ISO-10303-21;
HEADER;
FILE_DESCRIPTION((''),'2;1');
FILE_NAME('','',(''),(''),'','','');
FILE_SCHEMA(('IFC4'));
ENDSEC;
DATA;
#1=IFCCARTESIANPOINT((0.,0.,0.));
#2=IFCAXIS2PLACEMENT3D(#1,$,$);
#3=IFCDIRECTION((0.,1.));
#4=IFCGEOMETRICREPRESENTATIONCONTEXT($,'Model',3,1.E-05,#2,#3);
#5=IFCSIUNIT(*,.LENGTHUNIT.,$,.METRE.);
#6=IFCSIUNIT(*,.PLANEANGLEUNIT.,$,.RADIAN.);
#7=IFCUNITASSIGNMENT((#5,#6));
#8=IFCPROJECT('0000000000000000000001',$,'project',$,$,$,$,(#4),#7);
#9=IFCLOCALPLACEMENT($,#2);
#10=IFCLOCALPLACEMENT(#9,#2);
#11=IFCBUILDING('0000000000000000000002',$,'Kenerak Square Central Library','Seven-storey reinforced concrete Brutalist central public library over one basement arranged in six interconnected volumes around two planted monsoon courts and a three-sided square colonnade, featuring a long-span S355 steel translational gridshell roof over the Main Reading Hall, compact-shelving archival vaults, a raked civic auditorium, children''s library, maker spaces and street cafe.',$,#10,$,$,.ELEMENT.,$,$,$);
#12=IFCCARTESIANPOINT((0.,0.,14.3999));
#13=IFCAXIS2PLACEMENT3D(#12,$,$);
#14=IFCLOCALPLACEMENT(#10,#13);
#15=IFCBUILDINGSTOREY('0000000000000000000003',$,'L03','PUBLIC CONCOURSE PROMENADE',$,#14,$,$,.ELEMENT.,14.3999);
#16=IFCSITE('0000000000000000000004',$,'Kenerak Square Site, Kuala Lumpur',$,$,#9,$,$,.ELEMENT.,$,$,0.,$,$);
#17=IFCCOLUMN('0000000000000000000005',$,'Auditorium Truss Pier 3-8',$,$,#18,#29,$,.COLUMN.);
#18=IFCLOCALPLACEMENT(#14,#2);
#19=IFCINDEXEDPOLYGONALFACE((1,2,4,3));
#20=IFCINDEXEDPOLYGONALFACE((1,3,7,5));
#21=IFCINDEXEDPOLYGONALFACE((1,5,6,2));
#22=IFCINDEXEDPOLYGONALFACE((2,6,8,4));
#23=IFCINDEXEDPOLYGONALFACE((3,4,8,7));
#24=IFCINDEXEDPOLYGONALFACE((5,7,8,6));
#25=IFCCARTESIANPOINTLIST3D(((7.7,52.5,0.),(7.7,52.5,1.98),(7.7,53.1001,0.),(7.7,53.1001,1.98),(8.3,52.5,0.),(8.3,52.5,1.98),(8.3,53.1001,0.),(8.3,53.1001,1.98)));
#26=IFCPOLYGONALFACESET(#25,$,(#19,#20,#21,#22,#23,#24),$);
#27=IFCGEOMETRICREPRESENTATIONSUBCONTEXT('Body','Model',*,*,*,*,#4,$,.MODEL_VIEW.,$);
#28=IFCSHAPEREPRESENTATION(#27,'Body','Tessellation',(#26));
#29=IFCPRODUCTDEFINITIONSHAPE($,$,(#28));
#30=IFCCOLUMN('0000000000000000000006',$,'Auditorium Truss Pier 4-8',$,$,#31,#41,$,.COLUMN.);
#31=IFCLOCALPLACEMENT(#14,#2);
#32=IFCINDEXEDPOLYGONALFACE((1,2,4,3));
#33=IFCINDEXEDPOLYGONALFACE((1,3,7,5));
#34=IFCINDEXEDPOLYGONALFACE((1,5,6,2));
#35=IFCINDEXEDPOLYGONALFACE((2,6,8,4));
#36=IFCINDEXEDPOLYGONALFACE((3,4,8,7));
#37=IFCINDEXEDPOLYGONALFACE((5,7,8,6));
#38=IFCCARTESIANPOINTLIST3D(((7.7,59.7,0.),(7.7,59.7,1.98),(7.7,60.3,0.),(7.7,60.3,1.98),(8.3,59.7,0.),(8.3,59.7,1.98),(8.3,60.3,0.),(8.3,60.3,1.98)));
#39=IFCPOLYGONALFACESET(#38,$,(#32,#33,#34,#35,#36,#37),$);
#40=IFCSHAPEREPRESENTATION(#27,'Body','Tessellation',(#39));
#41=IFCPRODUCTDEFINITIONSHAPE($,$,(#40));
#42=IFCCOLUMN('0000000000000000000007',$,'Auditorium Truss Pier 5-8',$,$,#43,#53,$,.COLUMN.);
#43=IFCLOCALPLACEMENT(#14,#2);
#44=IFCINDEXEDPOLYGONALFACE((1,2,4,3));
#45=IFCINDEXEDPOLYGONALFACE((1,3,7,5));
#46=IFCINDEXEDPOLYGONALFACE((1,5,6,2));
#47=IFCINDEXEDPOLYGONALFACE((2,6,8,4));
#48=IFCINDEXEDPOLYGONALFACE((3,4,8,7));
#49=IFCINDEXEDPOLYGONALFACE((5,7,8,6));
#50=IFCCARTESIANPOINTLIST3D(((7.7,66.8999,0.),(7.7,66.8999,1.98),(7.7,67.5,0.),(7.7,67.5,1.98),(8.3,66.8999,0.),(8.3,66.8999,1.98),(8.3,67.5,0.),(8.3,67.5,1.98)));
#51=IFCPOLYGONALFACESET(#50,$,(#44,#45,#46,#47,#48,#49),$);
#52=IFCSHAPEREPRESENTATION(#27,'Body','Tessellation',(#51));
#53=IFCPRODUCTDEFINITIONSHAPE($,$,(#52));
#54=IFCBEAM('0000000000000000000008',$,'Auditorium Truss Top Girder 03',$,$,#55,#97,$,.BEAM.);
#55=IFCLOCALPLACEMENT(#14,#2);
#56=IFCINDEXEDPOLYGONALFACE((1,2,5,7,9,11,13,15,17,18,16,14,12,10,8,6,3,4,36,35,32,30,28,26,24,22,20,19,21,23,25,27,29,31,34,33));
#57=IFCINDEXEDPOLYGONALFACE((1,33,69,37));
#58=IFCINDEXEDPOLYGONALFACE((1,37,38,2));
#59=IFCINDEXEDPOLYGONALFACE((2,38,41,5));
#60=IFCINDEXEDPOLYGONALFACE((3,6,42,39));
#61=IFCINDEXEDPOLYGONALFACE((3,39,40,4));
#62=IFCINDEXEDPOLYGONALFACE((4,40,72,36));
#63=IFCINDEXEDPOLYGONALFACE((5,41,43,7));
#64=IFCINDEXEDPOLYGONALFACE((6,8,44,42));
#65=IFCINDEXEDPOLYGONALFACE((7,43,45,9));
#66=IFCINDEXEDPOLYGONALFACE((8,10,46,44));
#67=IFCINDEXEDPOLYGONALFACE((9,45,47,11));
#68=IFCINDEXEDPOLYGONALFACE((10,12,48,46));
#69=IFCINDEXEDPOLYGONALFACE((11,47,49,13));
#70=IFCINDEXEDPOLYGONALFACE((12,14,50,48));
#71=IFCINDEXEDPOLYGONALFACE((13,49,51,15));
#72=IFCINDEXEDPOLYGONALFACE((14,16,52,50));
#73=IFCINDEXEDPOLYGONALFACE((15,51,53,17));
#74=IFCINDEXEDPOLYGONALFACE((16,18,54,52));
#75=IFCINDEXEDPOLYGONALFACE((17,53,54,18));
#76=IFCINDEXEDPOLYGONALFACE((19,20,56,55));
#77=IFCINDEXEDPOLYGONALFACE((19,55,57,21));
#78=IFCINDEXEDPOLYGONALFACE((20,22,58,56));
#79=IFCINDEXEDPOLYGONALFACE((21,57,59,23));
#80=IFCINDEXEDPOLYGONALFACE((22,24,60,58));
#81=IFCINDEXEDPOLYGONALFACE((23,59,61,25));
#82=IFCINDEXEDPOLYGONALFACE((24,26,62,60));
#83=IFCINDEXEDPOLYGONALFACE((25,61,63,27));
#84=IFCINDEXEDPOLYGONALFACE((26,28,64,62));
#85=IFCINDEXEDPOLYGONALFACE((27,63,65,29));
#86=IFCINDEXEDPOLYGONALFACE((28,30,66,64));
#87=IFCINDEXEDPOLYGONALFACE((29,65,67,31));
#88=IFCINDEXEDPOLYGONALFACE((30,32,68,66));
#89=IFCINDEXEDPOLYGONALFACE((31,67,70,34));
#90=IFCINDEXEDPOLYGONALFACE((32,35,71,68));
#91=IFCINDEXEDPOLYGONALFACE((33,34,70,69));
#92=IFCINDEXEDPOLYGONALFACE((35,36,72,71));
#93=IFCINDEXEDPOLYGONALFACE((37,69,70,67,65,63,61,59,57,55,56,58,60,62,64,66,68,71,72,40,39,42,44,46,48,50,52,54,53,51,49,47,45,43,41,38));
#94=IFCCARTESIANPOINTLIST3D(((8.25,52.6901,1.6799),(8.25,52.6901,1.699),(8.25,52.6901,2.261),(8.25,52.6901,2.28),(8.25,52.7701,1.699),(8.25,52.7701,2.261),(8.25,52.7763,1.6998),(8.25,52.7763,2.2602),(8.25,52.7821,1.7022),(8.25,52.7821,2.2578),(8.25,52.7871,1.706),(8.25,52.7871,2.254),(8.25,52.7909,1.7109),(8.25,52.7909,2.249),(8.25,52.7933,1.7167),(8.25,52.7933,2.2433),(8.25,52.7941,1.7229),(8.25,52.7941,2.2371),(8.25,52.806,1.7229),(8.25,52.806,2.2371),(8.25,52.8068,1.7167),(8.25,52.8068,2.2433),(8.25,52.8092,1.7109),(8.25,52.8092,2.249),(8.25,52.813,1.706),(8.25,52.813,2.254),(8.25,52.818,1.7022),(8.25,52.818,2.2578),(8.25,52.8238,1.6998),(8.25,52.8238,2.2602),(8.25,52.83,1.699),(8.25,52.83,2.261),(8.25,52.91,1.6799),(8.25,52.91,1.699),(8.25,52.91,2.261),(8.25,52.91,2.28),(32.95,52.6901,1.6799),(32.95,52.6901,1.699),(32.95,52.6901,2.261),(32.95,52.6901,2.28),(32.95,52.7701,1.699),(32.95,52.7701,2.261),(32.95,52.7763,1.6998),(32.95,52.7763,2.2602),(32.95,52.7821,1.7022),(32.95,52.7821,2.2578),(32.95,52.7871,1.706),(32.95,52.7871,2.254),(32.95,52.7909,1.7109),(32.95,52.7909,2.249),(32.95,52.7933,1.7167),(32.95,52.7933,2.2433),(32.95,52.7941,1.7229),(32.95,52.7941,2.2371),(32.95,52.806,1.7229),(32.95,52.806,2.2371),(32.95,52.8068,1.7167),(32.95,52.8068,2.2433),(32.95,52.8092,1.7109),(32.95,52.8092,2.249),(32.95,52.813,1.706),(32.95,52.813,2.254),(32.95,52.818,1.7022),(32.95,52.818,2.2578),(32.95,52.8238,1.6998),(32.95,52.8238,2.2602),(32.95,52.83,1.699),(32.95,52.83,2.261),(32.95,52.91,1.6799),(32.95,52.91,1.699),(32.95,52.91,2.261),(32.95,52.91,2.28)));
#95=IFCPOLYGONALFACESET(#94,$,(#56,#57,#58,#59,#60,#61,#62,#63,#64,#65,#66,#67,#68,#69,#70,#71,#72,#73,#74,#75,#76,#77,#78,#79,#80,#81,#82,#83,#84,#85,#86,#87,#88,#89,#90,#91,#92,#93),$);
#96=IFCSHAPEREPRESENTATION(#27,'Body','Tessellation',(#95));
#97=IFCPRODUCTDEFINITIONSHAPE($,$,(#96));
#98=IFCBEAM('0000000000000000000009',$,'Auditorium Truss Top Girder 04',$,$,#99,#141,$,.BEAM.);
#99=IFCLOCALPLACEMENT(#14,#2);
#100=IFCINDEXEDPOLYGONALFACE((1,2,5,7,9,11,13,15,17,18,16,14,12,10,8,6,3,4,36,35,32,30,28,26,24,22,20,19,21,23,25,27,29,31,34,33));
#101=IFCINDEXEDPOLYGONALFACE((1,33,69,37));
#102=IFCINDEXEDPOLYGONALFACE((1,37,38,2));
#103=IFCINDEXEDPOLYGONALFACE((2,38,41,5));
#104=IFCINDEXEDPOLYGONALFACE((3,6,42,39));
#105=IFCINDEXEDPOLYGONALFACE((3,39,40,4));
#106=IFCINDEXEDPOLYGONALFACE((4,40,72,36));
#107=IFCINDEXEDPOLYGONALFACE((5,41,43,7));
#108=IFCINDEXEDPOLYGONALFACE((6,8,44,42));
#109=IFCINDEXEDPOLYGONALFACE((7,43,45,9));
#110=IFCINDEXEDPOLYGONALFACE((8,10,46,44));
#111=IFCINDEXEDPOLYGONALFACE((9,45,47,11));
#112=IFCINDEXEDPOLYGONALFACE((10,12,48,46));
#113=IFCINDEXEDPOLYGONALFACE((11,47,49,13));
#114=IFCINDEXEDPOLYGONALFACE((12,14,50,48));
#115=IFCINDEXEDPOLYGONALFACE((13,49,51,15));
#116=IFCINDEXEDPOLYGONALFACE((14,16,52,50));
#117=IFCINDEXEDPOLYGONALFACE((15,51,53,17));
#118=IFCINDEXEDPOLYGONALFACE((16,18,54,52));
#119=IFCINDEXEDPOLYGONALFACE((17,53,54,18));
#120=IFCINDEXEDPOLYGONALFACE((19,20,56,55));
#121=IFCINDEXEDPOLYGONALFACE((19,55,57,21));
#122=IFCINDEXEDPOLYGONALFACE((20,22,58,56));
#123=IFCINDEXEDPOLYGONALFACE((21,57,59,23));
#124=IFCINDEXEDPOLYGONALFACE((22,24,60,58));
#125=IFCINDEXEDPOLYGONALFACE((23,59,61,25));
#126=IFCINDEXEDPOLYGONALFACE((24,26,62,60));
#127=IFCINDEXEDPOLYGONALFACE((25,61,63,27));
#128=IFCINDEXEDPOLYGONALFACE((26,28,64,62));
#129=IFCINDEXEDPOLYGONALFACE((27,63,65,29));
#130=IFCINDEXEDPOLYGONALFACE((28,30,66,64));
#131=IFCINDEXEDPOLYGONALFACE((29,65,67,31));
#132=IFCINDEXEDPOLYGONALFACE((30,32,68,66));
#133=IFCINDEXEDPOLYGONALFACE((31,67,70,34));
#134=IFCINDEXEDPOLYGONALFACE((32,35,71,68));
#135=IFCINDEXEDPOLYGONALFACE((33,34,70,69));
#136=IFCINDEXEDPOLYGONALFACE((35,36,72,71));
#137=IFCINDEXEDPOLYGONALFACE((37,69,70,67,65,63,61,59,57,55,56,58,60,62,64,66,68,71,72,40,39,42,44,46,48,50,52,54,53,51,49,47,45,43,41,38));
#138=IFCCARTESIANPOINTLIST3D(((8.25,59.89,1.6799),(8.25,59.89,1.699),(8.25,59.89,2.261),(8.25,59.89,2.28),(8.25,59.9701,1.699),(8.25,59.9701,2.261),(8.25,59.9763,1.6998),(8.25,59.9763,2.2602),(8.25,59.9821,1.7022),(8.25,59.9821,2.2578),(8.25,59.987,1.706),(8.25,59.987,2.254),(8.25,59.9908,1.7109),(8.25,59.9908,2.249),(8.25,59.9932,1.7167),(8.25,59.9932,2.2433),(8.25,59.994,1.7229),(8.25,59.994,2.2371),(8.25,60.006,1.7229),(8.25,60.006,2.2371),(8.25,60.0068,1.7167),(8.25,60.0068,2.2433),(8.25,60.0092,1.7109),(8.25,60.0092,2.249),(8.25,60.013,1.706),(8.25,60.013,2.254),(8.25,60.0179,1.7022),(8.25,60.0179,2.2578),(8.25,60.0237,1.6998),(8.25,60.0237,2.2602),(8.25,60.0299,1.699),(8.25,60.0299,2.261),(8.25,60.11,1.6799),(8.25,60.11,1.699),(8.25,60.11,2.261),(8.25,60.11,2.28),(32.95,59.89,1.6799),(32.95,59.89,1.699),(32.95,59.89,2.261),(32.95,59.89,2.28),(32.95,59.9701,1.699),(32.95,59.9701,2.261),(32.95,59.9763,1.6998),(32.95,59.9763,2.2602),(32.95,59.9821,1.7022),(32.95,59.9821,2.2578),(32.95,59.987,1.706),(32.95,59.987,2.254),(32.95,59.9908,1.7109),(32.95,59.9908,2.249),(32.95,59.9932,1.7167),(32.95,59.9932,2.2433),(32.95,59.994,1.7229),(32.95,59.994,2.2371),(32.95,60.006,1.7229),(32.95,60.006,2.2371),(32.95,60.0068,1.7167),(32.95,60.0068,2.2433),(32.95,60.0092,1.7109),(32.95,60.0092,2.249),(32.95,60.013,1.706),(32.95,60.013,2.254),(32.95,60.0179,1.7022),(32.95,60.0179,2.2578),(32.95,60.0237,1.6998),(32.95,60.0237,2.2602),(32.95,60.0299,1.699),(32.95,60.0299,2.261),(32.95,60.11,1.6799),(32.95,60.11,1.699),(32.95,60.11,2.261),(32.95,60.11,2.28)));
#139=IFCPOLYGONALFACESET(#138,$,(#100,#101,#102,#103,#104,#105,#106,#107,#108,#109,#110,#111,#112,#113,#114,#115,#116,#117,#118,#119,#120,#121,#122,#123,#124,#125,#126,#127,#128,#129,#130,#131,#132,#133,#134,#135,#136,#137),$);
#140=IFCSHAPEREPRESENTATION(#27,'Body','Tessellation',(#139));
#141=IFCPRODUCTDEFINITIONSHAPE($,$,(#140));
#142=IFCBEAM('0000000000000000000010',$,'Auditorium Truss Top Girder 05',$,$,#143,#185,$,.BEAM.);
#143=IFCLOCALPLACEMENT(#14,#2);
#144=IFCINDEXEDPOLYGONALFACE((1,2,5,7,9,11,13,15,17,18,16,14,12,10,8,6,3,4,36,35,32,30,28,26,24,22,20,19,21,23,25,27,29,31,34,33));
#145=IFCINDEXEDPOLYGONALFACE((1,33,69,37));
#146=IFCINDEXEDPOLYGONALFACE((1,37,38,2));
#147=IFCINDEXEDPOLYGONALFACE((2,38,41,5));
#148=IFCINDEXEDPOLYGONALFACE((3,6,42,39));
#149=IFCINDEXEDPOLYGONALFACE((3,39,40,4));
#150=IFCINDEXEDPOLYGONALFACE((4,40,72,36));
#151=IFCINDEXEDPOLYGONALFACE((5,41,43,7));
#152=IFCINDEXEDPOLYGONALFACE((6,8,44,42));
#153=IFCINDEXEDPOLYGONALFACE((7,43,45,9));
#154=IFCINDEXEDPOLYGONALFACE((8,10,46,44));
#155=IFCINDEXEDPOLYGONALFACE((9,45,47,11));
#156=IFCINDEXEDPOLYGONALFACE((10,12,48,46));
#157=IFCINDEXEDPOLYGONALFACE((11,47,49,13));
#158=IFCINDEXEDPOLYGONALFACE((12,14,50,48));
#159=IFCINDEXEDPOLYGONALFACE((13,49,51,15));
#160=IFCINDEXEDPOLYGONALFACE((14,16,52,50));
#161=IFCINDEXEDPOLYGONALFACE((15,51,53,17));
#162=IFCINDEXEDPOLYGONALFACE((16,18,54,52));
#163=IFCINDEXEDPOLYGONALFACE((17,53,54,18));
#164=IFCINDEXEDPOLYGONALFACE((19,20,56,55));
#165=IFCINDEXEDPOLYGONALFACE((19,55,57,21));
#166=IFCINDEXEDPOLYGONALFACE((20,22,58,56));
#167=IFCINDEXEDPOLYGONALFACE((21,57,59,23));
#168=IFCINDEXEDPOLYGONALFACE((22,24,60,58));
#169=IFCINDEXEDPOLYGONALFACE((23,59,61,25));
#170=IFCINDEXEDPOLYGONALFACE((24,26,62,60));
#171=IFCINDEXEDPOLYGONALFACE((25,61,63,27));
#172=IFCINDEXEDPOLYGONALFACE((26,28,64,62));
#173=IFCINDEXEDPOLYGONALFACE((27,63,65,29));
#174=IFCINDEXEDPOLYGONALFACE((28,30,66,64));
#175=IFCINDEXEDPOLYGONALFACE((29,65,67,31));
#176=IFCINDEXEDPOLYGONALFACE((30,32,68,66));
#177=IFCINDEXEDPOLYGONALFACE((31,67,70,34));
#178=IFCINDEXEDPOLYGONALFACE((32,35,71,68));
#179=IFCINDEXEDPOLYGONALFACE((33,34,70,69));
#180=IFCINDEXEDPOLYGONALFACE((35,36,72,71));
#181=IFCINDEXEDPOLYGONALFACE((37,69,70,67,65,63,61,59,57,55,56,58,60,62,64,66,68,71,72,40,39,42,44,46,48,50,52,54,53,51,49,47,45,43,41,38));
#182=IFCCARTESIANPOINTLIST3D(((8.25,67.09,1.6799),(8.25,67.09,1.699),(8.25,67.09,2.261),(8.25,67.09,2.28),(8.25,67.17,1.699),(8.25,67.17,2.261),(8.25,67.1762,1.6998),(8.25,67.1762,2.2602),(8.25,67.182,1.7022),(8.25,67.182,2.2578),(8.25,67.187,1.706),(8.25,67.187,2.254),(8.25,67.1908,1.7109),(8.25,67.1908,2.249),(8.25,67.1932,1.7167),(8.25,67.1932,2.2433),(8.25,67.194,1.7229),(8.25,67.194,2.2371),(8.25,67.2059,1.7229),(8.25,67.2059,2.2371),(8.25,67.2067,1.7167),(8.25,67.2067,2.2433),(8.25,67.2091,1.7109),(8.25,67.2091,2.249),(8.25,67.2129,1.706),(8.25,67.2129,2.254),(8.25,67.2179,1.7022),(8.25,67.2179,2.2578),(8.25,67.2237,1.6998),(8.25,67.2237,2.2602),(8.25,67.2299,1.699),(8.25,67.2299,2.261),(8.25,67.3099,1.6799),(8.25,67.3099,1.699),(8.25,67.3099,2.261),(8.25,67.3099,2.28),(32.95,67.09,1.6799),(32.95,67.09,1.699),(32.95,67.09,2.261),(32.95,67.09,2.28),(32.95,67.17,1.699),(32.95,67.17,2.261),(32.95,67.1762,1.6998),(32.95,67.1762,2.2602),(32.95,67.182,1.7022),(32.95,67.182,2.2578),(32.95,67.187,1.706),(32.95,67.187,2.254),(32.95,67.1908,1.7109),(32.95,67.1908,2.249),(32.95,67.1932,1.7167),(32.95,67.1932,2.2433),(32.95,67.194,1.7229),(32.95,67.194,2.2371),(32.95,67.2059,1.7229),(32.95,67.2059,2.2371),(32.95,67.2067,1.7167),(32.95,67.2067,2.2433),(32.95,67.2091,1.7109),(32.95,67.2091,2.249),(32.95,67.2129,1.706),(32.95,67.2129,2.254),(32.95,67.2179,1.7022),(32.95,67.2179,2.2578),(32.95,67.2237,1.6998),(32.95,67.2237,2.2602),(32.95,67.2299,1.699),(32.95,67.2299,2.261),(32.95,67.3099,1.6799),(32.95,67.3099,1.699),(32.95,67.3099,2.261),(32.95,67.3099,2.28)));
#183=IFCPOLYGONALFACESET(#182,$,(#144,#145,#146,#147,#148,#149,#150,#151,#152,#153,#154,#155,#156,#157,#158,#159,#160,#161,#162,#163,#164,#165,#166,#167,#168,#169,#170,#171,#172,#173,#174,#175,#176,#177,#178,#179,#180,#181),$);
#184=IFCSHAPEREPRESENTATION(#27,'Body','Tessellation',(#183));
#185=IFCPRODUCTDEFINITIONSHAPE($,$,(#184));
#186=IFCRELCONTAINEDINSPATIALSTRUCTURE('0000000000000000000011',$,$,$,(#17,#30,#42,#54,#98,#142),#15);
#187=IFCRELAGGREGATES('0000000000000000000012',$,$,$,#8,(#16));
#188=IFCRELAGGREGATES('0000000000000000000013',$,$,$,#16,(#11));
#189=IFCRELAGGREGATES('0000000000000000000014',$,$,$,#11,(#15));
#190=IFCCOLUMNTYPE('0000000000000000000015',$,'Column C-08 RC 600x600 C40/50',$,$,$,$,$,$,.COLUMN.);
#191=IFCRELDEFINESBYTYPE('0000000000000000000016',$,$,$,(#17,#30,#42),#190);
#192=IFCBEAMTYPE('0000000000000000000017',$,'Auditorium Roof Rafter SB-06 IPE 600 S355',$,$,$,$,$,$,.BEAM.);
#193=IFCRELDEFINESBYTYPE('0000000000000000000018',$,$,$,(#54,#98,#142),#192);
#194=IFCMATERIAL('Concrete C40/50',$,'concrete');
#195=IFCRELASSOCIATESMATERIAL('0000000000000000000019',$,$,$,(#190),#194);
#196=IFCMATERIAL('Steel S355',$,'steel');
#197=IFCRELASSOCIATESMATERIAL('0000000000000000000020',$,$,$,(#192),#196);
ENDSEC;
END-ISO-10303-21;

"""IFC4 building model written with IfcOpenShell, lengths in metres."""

from ifc_helpers import new_model, si_unit, direction, frame, origin, origin_2d, place, context, subcontext, project, spatial, rectangle, i_section, extrude, material, material_profile, profile_set, type_object, element, save


model = new_model("IFC4")

# Units and contexts
model_context = context("Model", 3, precision=1e-05, world=origin(), true_north=direction((0.0, 1.0)))
body_context = subcontext(model_context, "Body", "Model", "MODEL_VIEW")
ifc_project = project(units=[si_unit("LENGTHUNIT", "METRE"), si_unit("PLANEANGLEUNIT", "RADIAN")], contexts=[model_context])

# Site, building, storey
site_placement = place(None, origin())
site = spatial("IfcSite", under=ifc_project, at=site_placement, Name="Kenerak Square Site, Kuala Lumpur", CompositionType="ELEMENT", RefElevation=0.0)
building_placement = place(site_placement, origin())
building = spatial("IfcBuilding", under=site, at=building_placement, Name="Kenerak Square Central Library", Description="Seven-storey reinforced concrete Brutalist central public library over one basement arranged in six interconnected volumes around two planted monsoon courts and a three-sided square colonnade, featuring a long-span S355 steel translational gridshell roof over the Main Reading Hall, compact-shelving archival vaults, a raked civic auditorium, children's library, maker spaces and street cafe.", CompositionType="ELEMENT")
storey_placement = place(building_placement, frame((0.0, 0.0, 14.3999)))
storey = spatial("IfcBuildingStorey", under=building, at=storey_placement, Name="L03", Description="PUBLIC CONCOURSE PROMENADE", CompositionType="ELEMENT", Elevation=14.3999)

# Columns
ifc_material_1 = material(Name="Concrete C40/50", Category="concrete")
ifc_material_profile_1 = material_profile(ifc_material_1, rectangle(XDim=0.6001, YDim=0.6001, at=origin_2d()), Name="RC 600x600")
ifc_profile_set_1 = profile_set([ifc_material_profile_1], Name="Concrete C40/50")
column_type = type_object("IfcColumnType", Name="Column C-08 RC 600x600 C40/50", PredefinedType="COLUMN", material=ifc_profile_set_1)
for number, where, z_axis, x_axis, name in (
    (1, (8.0, 52.8, 0.0), (0.0, 0.0, 1.0), (1.0, 0.0, 0.0), "Auditorium Truss Pier 3-8"),
    (2, (8.0, 60.0, 0.0), (0.0, 0.0, 1.0), (1.0, 0.0, 0.0), "Auditorium Truss Pier 4-8"),
    (3, (8.0, 67.2, 0.0), (0.0, 0.0, 1.0), (1.0, 0.0, 0.0), "Auditorium Truss Pier 5-8"),
):
    element("IfcColumn", number, at=place(storey_placement, frame(where, z_axis=z_axis, x_axis=x_axis)), inside=storey, type_object=column_type, Name=name, PredefinedType="COLUMN", context=body_context, shape_type="SweptSolid", body=[
        extrude(rectangle(XDim=0.6001, YDim=0.6001, at=origin_2d()), origin(), (0.0, 0.0, 1.0), 1.98),
    ])

# Beams
ifc_material_2 = material(Name="Steel S355", Category="steel")
ifc_material_profile_2 = material_profile(ifc_material_2, i_section(OverallWidth=0.22, OverallDepth=0.6001, WebThickness=0.012, FlangeThickness=0.019, FilletRadius=0.0239, at=origin_2d()), Name="IPE 600")
ifc_profile_set_2 = profile_set([ifc_material_profile_2], Name="Steel S355")
beam_type = type_object("IfcBeamType", Name="Auditorium Roof Rafter SB-06 IPE 600 S355", PredefinedType="BEAM", material=ifc_profile_set_2)
for number, where, z_axis, x_axis, name in (
    (4, (8.25, 52.8, 1.98), (1.0, 0.0, 0.0), (0.0, 1.0, 0.0), "Auditorium Truss Top Girder 03"),
    (5, (8.25, 60.0, 1.98), (1.0, 0.0, 0.0), (0.0, 1.0, 0.0), "Auditorium Truss Top Girder 04"),
    (6, (8.25, 67.2, 1.98), (1.0, 0.0, 0.0), (0.0, 1.0, 0.0), "Auditorium Truss Top Girder 05"),
):
    element("IfcBeam", number, at=place(storey_placement, frame(where, z_axis=z_axis, x_axis=x_axis)), inside=storey, type_object=beam_type, Name=name, PredefinedType="BEAM", context=body_context, shape_type="SweptSolid", body=[
        extrude(i_section(OverallWidth=0.22, OverallDepth=0.6001, WebThickness=0.012, FlangeThickness=0.019, FilletRadius=0.0239, at=origin_2d()), origin(), (0.0, 0.0, 1.0), 24.7),
    ])

save(model, "model.ifc")
